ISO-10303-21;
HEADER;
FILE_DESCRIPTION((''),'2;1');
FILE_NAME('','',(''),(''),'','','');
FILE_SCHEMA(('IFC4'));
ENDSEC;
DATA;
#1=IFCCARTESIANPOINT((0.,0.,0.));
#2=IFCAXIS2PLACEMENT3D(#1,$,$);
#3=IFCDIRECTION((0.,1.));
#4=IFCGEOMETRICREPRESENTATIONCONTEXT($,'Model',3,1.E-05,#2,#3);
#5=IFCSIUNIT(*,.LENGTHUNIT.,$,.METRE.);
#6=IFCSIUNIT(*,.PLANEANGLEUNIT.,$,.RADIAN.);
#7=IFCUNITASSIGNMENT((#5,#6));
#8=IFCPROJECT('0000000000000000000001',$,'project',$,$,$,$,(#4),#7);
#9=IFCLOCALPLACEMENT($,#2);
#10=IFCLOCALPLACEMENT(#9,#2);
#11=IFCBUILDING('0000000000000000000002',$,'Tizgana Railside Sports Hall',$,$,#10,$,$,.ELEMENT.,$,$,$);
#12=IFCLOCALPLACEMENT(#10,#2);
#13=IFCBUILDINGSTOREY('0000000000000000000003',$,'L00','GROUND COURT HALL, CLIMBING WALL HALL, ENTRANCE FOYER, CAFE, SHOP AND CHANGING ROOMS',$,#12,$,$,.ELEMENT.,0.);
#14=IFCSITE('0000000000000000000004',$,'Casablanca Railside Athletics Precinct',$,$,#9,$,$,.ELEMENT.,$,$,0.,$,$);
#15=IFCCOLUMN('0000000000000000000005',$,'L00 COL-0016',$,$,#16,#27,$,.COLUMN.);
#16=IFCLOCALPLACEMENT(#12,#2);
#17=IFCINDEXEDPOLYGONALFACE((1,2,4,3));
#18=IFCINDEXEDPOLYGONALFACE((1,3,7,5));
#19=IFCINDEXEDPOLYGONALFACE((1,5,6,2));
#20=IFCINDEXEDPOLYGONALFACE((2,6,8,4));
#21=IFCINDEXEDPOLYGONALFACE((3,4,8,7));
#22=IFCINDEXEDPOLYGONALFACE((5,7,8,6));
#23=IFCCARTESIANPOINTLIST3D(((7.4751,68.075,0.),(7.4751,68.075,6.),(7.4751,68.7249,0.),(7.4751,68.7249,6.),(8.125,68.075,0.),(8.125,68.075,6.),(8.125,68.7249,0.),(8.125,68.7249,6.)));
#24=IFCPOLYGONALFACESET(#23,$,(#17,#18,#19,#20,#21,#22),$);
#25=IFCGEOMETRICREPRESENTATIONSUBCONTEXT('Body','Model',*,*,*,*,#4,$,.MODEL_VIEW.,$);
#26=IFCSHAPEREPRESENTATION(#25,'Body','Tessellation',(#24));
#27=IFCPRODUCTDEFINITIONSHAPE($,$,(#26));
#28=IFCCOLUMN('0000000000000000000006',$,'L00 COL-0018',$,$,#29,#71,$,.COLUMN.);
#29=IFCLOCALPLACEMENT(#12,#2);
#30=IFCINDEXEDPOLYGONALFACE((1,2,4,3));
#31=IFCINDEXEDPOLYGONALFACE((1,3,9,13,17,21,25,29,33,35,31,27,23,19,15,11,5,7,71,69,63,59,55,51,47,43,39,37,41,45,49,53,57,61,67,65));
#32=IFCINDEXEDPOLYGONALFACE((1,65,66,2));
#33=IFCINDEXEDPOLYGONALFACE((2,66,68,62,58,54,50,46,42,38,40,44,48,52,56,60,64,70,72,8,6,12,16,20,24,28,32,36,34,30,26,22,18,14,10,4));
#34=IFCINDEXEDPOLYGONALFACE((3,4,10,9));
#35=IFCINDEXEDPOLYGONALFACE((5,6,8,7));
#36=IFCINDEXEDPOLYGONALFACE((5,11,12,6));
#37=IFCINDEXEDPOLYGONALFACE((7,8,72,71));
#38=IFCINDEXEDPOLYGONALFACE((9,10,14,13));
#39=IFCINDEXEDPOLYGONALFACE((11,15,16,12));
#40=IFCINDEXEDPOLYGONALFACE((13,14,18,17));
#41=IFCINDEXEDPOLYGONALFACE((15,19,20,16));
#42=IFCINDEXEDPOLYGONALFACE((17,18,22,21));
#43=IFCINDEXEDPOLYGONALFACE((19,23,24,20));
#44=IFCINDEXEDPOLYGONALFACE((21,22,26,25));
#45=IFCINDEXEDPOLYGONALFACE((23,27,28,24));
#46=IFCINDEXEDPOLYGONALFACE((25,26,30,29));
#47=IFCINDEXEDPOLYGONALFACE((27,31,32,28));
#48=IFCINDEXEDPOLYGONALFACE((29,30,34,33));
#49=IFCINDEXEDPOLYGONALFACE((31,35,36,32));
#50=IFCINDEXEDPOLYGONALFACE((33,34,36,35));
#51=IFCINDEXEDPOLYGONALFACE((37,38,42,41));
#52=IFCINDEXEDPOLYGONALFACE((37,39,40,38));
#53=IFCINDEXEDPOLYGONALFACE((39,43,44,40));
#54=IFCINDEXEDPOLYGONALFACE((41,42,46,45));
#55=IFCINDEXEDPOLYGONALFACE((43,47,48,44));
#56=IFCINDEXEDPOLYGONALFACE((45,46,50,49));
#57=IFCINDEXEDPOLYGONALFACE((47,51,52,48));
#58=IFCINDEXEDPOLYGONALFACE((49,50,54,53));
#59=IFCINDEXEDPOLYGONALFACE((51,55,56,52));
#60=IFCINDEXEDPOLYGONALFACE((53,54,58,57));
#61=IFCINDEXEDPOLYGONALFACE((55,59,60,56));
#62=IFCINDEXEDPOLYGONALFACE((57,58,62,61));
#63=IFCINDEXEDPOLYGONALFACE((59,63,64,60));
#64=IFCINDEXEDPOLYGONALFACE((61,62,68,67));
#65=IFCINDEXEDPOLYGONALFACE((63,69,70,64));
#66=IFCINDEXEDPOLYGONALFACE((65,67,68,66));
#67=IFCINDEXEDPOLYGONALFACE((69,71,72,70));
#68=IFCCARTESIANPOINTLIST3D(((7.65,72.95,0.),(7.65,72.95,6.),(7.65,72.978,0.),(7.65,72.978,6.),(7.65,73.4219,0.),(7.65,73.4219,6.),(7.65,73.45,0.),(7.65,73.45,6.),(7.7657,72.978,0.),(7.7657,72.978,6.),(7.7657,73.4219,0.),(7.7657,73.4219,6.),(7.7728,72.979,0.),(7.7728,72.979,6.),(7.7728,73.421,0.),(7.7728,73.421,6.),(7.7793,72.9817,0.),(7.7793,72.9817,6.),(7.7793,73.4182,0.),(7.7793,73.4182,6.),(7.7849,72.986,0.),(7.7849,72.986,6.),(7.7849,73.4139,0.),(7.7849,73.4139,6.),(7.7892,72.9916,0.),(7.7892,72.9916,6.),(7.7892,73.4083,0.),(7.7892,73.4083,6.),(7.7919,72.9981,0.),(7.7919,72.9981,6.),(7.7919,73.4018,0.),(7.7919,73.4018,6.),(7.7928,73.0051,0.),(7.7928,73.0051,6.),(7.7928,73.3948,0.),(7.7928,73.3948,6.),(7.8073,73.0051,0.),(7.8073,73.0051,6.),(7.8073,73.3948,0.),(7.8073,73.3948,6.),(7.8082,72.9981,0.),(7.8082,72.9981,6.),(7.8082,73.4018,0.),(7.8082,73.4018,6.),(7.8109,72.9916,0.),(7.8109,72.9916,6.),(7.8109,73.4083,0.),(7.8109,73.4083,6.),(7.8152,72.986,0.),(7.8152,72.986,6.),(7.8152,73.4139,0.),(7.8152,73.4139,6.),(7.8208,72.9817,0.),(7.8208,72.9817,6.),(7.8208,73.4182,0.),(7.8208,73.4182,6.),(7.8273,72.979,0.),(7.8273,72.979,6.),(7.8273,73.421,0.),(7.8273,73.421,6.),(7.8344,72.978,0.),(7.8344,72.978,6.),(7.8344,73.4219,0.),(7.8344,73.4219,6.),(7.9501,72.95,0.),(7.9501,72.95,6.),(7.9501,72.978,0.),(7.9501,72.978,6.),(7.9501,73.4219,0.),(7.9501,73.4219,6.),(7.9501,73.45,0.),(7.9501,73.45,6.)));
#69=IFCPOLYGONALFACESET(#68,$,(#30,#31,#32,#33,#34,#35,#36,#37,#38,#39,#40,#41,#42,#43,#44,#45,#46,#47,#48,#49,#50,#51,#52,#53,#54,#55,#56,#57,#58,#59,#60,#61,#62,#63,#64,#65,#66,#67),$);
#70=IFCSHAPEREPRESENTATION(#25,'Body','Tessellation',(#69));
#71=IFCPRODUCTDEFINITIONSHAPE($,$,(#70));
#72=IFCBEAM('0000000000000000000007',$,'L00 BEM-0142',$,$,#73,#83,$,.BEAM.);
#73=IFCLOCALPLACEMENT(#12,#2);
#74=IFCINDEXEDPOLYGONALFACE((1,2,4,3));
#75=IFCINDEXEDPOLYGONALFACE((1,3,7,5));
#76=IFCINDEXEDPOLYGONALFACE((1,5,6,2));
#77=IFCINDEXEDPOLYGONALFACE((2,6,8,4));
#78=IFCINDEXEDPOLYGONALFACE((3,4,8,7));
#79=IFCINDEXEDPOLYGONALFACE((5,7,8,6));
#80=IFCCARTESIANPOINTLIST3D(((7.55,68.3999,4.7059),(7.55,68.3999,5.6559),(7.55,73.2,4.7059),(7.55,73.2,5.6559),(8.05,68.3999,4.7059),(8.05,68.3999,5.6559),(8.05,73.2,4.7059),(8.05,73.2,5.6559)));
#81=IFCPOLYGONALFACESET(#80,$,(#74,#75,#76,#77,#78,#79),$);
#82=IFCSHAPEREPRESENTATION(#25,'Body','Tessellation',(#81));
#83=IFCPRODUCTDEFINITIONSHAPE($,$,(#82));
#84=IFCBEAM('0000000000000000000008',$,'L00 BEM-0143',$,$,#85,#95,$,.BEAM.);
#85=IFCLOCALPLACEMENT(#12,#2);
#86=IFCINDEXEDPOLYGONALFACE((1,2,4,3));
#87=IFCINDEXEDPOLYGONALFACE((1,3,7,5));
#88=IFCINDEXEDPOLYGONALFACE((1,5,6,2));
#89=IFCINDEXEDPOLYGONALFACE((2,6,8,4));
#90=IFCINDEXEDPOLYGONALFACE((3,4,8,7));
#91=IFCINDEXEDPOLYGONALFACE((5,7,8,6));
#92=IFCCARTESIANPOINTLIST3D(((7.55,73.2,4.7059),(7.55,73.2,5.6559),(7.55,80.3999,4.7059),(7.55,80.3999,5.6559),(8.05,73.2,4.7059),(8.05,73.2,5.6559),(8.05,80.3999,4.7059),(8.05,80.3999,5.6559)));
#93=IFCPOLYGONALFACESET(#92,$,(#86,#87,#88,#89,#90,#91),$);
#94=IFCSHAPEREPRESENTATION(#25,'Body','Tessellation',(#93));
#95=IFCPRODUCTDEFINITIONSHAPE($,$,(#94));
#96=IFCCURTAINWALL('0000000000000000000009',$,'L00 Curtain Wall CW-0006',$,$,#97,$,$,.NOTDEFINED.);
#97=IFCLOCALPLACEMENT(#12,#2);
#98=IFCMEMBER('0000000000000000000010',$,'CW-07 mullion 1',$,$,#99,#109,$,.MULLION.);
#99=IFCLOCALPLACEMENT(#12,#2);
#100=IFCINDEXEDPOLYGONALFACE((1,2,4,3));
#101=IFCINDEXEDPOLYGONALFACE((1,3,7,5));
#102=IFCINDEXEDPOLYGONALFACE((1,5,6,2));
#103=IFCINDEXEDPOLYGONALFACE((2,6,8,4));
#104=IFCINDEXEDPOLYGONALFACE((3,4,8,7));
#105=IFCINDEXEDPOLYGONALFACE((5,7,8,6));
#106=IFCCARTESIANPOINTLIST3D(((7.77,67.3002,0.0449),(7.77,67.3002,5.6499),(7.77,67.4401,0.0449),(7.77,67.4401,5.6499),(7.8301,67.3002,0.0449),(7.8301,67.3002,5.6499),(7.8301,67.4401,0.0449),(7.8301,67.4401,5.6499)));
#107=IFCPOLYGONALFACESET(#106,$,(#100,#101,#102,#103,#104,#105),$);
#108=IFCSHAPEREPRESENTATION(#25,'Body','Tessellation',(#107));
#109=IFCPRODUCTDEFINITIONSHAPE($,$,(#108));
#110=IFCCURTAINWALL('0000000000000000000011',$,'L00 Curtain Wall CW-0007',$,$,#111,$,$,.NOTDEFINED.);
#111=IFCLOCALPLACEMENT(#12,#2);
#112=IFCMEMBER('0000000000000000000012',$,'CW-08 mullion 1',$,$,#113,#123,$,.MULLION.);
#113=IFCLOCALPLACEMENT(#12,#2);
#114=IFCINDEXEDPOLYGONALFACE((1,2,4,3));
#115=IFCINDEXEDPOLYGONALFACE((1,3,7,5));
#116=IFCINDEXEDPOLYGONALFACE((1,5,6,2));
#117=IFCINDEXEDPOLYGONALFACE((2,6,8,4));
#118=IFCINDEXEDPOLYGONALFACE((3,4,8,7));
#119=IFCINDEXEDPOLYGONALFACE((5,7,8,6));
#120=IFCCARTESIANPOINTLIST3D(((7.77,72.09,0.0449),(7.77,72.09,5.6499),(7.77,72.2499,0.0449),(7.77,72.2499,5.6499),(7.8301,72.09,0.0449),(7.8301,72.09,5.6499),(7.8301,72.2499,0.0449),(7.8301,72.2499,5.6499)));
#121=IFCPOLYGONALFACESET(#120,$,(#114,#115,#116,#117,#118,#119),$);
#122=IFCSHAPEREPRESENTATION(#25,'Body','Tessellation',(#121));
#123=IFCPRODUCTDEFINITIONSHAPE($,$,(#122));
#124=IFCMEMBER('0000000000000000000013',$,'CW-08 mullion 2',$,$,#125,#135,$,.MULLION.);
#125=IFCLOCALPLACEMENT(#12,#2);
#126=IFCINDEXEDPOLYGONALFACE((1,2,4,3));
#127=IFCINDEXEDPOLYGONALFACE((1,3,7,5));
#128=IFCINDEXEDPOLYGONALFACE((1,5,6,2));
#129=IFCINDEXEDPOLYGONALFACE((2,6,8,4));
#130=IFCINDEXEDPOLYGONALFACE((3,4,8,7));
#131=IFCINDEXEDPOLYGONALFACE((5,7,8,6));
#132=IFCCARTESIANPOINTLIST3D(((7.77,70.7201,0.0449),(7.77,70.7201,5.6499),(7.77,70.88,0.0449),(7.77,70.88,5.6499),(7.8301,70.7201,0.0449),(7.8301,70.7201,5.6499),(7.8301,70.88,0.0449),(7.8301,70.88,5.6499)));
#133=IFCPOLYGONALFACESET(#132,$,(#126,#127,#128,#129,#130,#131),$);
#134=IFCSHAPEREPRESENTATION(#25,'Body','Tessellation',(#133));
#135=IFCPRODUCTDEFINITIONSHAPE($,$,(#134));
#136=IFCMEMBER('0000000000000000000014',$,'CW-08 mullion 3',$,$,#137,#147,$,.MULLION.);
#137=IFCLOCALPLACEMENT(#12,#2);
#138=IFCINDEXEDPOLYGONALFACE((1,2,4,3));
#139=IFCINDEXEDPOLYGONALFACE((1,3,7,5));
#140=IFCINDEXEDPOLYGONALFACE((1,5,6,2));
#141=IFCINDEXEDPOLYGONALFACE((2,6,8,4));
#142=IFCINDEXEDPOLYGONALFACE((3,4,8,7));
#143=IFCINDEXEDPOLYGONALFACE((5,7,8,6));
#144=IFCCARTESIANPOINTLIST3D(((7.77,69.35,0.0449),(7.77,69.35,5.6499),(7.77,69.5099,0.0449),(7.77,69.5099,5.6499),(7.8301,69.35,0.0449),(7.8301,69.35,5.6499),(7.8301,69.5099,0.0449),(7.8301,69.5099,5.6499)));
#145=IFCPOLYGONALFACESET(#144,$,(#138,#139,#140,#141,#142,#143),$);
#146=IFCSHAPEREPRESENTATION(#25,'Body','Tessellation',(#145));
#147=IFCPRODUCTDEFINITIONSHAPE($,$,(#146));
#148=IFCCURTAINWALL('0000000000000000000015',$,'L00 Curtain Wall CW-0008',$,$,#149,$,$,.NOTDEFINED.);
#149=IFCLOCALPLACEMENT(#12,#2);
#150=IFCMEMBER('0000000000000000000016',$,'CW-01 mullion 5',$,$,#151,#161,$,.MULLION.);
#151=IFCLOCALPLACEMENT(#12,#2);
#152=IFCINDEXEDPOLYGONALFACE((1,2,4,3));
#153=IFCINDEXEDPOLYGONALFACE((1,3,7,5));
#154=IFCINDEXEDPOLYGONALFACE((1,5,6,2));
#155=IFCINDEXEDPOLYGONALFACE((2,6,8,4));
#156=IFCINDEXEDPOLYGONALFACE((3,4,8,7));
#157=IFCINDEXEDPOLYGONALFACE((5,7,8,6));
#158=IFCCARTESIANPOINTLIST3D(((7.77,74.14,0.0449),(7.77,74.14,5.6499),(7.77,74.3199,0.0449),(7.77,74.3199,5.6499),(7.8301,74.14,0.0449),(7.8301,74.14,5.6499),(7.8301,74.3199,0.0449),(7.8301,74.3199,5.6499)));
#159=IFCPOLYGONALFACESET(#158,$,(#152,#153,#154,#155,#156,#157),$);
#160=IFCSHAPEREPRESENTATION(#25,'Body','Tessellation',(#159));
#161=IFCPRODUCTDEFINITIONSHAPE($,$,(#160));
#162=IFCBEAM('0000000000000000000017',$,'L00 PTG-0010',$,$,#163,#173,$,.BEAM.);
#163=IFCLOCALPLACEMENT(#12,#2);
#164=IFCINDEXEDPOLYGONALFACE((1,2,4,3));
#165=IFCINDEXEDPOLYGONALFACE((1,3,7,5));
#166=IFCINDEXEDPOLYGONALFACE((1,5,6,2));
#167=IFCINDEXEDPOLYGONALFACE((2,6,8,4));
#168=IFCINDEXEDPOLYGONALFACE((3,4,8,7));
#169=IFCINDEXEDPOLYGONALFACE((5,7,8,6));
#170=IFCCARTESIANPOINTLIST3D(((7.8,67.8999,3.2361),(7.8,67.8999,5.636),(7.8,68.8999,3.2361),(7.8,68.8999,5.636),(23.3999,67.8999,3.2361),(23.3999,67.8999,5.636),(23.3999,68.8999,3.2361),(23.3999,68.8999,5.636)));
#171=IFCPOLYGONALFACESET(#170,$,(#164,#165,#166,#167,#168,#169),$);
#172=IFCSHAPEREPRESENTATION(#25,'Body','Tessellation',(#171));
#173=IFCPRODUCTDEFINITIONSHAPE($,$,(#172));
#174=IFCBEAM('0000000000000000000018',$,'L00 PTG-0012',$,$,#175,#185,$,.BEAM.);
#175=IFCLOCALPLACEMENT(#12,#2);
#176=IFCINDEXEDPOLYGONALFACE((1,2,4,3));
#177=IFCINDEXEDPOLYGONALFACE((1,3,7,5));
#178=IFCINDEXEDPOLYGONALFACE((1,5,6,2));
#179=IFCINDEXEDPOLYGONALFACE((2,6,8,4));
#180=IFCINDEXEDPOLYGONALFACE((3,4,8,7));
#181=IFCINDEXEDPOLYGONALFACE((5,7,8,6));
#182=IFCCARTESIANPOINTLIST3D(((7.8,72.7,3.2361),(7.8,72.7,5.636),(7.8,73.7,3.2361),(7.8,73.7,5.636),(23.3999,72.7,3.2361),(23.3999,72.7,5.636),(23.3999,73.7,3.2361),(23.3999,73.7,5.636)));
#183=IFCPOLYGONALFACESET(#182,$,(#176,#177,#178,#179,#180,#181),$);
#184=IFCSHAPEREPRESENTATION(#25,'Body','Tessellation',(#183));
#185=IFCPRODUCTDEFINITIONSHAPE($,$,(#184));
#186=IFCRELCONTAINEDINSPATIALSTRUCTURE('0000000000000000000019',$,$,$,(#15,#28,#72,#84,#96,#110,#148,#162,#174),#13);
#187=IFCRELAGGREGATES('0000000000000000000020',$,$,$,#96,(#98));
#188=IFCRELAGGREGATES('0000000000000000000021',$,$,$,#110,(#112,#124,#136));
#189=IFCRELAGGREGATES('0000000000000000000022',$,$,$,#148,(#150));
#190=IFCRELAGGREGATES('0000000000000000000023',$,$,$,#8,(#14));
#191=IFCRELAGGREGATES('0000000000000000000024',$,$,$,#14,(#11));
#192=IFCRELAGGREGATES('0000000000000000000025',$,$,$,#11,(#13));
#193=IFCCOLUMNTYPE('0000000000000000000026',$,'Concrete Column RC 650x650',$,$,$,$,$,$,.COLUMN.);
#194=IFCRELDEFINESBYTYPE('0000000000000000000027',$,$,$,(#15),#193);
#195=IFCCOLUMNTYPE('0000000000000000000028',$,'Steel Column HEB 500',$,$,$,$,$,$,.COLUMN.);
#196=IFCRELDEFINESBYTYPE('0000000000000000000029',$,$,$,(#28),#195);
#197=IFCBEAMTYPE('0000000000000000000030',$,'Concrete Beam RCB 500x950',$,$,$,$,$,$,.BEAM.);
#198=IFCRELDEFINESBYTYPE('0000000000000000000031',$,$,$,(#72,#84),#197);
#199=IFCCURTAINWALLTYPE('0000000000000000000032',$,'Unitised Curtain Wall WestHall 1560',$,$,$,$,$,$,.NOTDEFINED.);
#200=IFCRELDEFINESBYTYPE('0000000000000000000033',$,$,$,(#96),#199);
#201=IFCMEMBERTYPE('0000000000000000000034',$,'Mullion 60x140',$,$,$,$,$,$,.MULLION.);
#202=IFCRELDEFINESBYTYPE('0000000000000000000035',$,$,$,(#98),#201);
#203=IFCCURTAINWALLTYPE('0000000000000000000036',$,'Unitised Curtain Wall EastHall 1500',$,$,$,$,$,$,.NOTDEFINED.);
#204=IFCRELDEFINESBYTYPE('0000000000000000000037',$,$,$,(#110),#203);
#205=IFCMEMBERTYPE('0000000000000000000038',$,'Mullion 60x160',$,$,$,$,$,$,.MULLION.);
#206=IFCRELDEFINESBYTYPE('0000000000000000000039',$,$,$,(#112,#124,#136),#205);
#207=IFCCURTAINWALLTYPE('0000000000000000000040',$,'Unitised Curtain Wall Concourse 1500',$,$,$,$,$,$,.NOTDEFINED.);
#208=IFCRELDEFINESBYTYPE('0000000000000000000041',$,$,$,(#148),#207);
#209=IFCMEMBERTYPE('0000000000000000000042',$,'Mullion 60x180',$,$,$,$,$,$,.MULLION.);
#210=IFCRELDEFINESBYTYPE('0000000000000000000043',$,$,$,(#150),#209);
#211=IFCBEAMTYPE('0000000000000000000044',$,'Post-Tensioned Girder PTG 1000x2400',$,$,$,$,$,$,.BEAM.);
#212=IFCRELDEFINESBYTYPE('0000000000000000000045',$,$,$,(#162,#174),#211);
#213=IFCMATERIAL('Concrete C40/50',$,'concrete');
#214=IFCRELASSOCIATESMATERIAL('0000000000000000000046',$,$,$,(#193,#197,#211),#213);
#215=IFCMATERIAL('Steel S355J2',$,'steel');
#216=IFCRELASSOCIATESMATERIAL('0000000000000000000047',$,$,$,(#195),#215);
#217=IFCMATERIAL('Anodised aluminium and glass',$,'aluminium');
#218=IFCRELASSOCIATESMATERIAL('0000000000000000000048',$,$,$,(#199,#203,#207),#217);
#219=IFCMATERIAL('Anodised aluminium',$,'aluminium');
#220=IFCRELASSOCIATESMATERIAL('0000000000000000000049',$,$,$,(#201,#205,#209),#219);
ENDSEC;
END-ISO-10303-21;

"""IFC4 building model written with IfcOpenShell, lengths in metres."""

from ifc_helpers import new_model, si_unit, direction, frame, origin, origin_2d, place, context, subcontext, project, spatial, rectangle, i_section, extrude, material, material_profile, profile_set, type_object, element, aggregate, save


model = new_model("IFC4")

# Units and contexts
model_context = context("Model", 3, precision=1e-05, world=origin(), true_north=direction((0.0, 1.0)))
body_context = subcontext(model_context, "Body", "Model", "MODEL_VIEW")
ifc_project = project(units=[si_unit("LENGTHUNIT", "METRE"), si_unit("PLANEANGLEUNIT", "RADIAN")], contexts=[model_context])

# Site, building, storey
site_placement = place(None, origin())
site = spatial("IfcSite", under=ifc_project, at=site_placement, Name="Casablanca Railside Athletics Precinct", CompositionType="ELEMENT", RefElevation=0.0)
building_placement = place(site_placement, origin())
building = spatial("IfcBuilding", under=site, at=building_placement, Name="Tizgana Railside Sports Hall", CompositionType="ELEMENT")
storey_placement = place(building_placement, origin())
storey = spatial("IfcBuildingStorey", under=building, at=storey_placement, Name="L00", Description="GROUND COURT HALL, CLIMBING WALL HALL, ENTRANCE FOYER, CAFE, SHOP AND CHANGING ROOMS", CompositionType="ELEMENT", Elevation=0.0)

# Columns
ifc_material_1 = material(Name="Concrete C40/50", Category="concrete")
ifc_material_profile_1 = material_profile(ifc_material_1, rectangle(XDim=0.6499, YDim=0.6499, at=origin_2d()), Name="RC 650x650")
ifc_profile_set_1 = profile_set([ifc_material_profile_1], Name="Concrete C40/50")
column_type_1 = type_object("IfcColumnType", Name="Concrete Column RC 650x650", PredefinedType="COLUMN", material=ifc_profile_set_1)
column_1_placement = place(storey_placement, frame((7.8, 68.3999, 0.0), z_axis=(0.0, 0.0, 1.0), x_axis=(1.0, 0.0, 0.0)))
element("IfcColumn", 1, at=column_1_placement, inside=storey, type_object=column_type_1, Name="L00 COL-0016", PredefinedType="COLUMN", context=body_context, shape_type="SweptSolid", body=[
    extrude(rectangle(XDim=0.6499, YDim=0.6499, at=origin_2d()), origin(), (0.0, 0.0, 1.0), 6.0),
])
ifc_material_2 = material(Name="Steel S355J2", Category="steel")
ifc_material_profile_2 = material_profile(ifc_material_2, i_section(OverallWidth=0.3, OverallDepth=0.5, WebThickness=0.0144, FlangeThickness=0.0281, FilletRadius=0.0271, at=origin_2d()), Name="HEB 500")
ifc_profile_set_2 = profile_set([ifc_material_profile_2], Name="Steel S355J2")
column_type_2 = type_object("IfcColumnType", Name="Steel Column HEB 500", PredefinedType="COLUMN", material=ifc_profile_set_2)
column_2_placement = place(storey_placement, frame((7.8, 73.2, 0.0), z_axis=(0.0, 0.0, 1.0), x_axis=(1.0, 0.0, 0.0)))
element("IfcColumn", 2, at=column_2_placement, inside=storey, type_object=column_type_2, Name="L00 COL-0018", PredefinedType="COLUMN", context=body_context, shape_type="SweptSolid", body=[
    extrude(i_section(OverallWidth=0.3, OverallDepth=0.5, WebThickness=0.0144, FlangeThickness=0.0281, FilletRadius=0.0271, at=origin_2d()), origin(), (0.0, 0.0, 1.0), 6.0),
])

# Beams
ifc_material_profile_3 = material_profile(ifc_material_1, rectangle(XDim=0.5, YDim=0.95, at=origin_2d()), Name="RCB 500x950")
ifc_profile_set_3 = profile_set([ifc_material_profile_3], Name="Concrete C40/50")
beam_type_1 = type_object("IfcBeamType", Name="Concrete Beam RCB 500x950", PredefinedType="BEAM", material=ifc_profile_set_3)
beam_1_placement = place(storey_placement, frame((7.8, 68.3999, 5.1809), z_axis=(0.0, 1.0, 0.0), x_axis=(-1.0, 0.0, 0.0)))
element("IfcBeam", 3, at=beam_1_placement, inside=storey, type_object=beam_type_1, Name="L00 BEM-0142", PredefinedType="BEAM", context=body_context, shape_type="SweptSolid", body=[
    extrude(rectangle(XDim=0.5, YDim=0.95, at=origin_2d()), origin(), (0.0, 0.0, 1.0), 4.8),
])
beam_2_placement = place(storey_placement, frame((7.8, 73.2, 5.1809), z_axis=(0.0, 1.0, 0.0), x_axis=(-1.0, 0.0, 0.0)))
element("IfcBeam", 4, at=beam_2_placement, inside=storey, type_object=beam_type_1, Name="L00 BEM-0143", PredefinedType="BEAM", context=body_context, shape_type="SweptSolid", body=[
    extrude(rectangle(XDim=0.5, YDim=0.95, at=origin_2d()), origin(), (0.0, 0.0, 1.0), 7.2),
])

# Curtain wall, member
ifc_material_3 = material(Name="Anodised aluminium and glass", Category="aluminium")
curtain_wall_type_1 = type_object("IfcCurtainWallType", Name="Unitised Curtain Wall WestHall 1560", PredefinedType="NOTDEFINED", material=ifc_material_3)
curtain_wall_1_placement = place(storey_placement, origin())
curtain_wall_1 = element("IfcCurtainWall", 5, at=curtain_wall_1_placement, inside=storey, type_object=curtain_wall_type_1, Name="L00 Curtain Wall CW-0006", PredefinedType="NOTDEFINED")
ifc_material_4 = material(Name="Anodised aluminium", Category="aluminium")
ifc_material_profile_4 = material_profile(ifc_material_4, rectangle(XDim=0.0601, YDim=0.1399, at=origin_2d()), Name="Mullion 60x140")
ifc_profile_set_4 = profile_set([ifc_material_profile_4], Name="Anodised aluminium")
member_type_1 = type_object("IfcMemberType", Name="Mullion 60x140", PredefinedType="MULLION", material=ifc_profile_set_4)
member_1_placement = place(storey_placement, frame((7.8, 67.3701, 0.0449), z_axis=(0.0, 0.0, 1.0), x_axis=(1.0, 0.0, 0.0)))
member_1 = element("IfcMember", 6, at=member_1_placement, type_object=member_type_1, Name="CW-07 mullion 1", PredefinedType="MULLION", context=body_context, shape_type="SweptSolid", body=[
    extrude(rectangle(XDim=0.0601, YDim=0.1399, at=origin_2d()), origin(), (0.0, 0.0, 1.0), 5.605),
])

# Curtain wall, members
curtain_wall_type_2 = type_object("IfcCurtainWallType", Name="Unitised Curtain Wall EastHall 1500", PredefinedType="NOTDEFINED", material=ifc_material_3)
curtain_wall_2_placement = place(storey_placement, origin())
curtain_wall_2 = element("IfcCurtainWall", 7, at=curtain_wall_2_placement, inside=storey, type_object=curtain_wall_type_2, Name="L00 Curtain Wall CW-0007", PredefinedType="NOTDEFINED")
ifc_material_profile_5 = material_profile(ifc_material_4, rectangle(XDim=0.0601, YDim=0.1599, at=origin_2d()), Name="Mullion 60x160")
ifc_profile_set_5 = profile_set([ifc_material_profile_5], Name="Anodised aluminium")
member_type_2 = type_object("IfcMemberType", Name="Mullion 60x160", PredefinedType="MULLION", material=ifc_profile_set_5)
member_2_placement = place(storey_placement, frame((7.8, 72.1699, 0.0449), z_axis=(0.0, 0.0, 1.0), x_axis=(1.0, 0.0, 0.0)))
member_2 = element("IfcMember", 8, at=member_2_placement, type_object=member_type_2, Name="CW-08 mullion 1", PredefinedType="MULLION", context=body_context, shape_type="SweptSolid", body=[
    extrude(rectangle(XDim=0.0601, YDim=0.1599, at=origin_2d()), origin(), (0.0, 0.0, 1.0), 5.605),
])
member_3_placement = place(storey_placement, frame((7.8, 70.8, 0.0449), z_axis=(0.0, 0.0, 1.0), x_axis=(1.0, 0.0, 0.0)))
member_3 = element("IfcMember", 9, at=member_3_placement, type_object=member_type_2, Name="CW-08 mullion 2", PredefinedType="MULLION", context=body_context, shape_type="SweptSolid", body=[
    extrude(rectangle(XDim=0.0601, YDim=0.1599, at=origin_2d()), origin(), (0.0, 0.0, 1.0), 5.605),
])
member_4_placement = place(storey_placement, frame((7.8, 69.4299, 0.0449), z_axis=(0.0, 0.0, 1.0), x_axis=(1.0, 0.0, 0.0)))
member_4 = element("IfcMember", 10, at=member_4_placement, type_object=member_type_2, Name="CW-08 mullion 3", PredefinedType="MULLION", context=body_context, shape_type="SweptSolid", body=[
    extrude(rectangle(XDim=0.0601, YDim=0.1599, at=origin_2d()), origin(), (0.0, 0.0, 1.0), 5.605),
])

# Curtain wall, member
curtain_wall_type_3 = type_object("IfcCurtainWallType", Name="Unitised Curtain Wall Concourse 1500", PredefinedType="NOTDEFINED", material=ifc_material_3)
curtain_wall_3_placement = place(storey_placement, origin())
curtain_wall_3 = element("IfcCurtainWall", 11, at=curtain_wall_3_placement, inside=storey, type_object=curtain_wall_type_3, Name="L00 Curtain Wall CW-0008", PredefinedType="NOTDEFINED")
ifc_material_profile_6 = material_profile(ifc_material_4, rectangle(XDim=0.0601, YDim=0.1799, at=origin_2d()), Name="Mullion 60x180")
ifc_profile_set_6 = profile_set([ifc_material_profile_6], Name="Anodised aluminium")
member_type_3 = type_object("IfcMemberType", Name="Mullion 60x180", PredefinedType="MULLION", material=ifc_profile_set_6)
member_5_placement = place(storey_placement, frame((7.8, 74.23, 0.0449), z_axis=(0.0, 0.0, 1.0), x_axis=(1.0, 0.0, 0.0)))
member_5 = element("IfcMember", 12, at=member_5_placement, type_object=member_type_3, Name="CW-01 mullion 5", PredefinedType="MULLION", context=body_context, shape_type="SweptSolid", body=[
    extrude(rectangle(XDim=0.0601, YDim=0.1799, at=origin_2d()), origin(), (0.0, 0.0, 1.0), 5.605),
])

# Beams
ifc_material_profile_7 = material_profile(ifc_material_1, rectangle(XDim=1.0, YDim=2.3999, at=origin_2d()), Name="PTG 1000x2400")
ifc_profile_set_7 = profile_set([ifc_material_profile_7], Name="Concrete C40/50")
beam_type_2 = type_object("IfcBeamType", Name="Post-Tensioned Girder PTG 1000x2400", PredefinedType="BEAM", material=ifc_profile_set_7)
for number, where, z_axis, x_axis, name in (
    (13, (7.8, 68.3999, 4.436), (1.0, 0.0, 0.0), (0.0, 1.0, 0.0), "L00 PTG-0010"),
    (14, (7.8, 73.2, 4.436), (1.0, 0.0, 0.0), (0.0, 1.0, 0.0), "L00 PTG-0012"),
):
    element("IfcBeam", number, at=place(storey_placement, frame(where, z_axis=z_axis, x_axis=x_axis)), inside=storey, type_object=beam_type_2, Name=name, PredefinedType="BEAM", context=body_context, shape_type="SweptSolid", body=[
        extrude(rectangle(XDim=1.0, YDim=2.3999, at=origin_2d()), origin(), (0.0, 0.0, 1.0), 15.5999),
    ])

aggregate(curtain_wall_1, [member_1])

aggregate(curtain_wall_2, [member_2, member_3, member_4])
aggregate(curtain_wall_3, [member_5])

save(model, "model.ifc")
